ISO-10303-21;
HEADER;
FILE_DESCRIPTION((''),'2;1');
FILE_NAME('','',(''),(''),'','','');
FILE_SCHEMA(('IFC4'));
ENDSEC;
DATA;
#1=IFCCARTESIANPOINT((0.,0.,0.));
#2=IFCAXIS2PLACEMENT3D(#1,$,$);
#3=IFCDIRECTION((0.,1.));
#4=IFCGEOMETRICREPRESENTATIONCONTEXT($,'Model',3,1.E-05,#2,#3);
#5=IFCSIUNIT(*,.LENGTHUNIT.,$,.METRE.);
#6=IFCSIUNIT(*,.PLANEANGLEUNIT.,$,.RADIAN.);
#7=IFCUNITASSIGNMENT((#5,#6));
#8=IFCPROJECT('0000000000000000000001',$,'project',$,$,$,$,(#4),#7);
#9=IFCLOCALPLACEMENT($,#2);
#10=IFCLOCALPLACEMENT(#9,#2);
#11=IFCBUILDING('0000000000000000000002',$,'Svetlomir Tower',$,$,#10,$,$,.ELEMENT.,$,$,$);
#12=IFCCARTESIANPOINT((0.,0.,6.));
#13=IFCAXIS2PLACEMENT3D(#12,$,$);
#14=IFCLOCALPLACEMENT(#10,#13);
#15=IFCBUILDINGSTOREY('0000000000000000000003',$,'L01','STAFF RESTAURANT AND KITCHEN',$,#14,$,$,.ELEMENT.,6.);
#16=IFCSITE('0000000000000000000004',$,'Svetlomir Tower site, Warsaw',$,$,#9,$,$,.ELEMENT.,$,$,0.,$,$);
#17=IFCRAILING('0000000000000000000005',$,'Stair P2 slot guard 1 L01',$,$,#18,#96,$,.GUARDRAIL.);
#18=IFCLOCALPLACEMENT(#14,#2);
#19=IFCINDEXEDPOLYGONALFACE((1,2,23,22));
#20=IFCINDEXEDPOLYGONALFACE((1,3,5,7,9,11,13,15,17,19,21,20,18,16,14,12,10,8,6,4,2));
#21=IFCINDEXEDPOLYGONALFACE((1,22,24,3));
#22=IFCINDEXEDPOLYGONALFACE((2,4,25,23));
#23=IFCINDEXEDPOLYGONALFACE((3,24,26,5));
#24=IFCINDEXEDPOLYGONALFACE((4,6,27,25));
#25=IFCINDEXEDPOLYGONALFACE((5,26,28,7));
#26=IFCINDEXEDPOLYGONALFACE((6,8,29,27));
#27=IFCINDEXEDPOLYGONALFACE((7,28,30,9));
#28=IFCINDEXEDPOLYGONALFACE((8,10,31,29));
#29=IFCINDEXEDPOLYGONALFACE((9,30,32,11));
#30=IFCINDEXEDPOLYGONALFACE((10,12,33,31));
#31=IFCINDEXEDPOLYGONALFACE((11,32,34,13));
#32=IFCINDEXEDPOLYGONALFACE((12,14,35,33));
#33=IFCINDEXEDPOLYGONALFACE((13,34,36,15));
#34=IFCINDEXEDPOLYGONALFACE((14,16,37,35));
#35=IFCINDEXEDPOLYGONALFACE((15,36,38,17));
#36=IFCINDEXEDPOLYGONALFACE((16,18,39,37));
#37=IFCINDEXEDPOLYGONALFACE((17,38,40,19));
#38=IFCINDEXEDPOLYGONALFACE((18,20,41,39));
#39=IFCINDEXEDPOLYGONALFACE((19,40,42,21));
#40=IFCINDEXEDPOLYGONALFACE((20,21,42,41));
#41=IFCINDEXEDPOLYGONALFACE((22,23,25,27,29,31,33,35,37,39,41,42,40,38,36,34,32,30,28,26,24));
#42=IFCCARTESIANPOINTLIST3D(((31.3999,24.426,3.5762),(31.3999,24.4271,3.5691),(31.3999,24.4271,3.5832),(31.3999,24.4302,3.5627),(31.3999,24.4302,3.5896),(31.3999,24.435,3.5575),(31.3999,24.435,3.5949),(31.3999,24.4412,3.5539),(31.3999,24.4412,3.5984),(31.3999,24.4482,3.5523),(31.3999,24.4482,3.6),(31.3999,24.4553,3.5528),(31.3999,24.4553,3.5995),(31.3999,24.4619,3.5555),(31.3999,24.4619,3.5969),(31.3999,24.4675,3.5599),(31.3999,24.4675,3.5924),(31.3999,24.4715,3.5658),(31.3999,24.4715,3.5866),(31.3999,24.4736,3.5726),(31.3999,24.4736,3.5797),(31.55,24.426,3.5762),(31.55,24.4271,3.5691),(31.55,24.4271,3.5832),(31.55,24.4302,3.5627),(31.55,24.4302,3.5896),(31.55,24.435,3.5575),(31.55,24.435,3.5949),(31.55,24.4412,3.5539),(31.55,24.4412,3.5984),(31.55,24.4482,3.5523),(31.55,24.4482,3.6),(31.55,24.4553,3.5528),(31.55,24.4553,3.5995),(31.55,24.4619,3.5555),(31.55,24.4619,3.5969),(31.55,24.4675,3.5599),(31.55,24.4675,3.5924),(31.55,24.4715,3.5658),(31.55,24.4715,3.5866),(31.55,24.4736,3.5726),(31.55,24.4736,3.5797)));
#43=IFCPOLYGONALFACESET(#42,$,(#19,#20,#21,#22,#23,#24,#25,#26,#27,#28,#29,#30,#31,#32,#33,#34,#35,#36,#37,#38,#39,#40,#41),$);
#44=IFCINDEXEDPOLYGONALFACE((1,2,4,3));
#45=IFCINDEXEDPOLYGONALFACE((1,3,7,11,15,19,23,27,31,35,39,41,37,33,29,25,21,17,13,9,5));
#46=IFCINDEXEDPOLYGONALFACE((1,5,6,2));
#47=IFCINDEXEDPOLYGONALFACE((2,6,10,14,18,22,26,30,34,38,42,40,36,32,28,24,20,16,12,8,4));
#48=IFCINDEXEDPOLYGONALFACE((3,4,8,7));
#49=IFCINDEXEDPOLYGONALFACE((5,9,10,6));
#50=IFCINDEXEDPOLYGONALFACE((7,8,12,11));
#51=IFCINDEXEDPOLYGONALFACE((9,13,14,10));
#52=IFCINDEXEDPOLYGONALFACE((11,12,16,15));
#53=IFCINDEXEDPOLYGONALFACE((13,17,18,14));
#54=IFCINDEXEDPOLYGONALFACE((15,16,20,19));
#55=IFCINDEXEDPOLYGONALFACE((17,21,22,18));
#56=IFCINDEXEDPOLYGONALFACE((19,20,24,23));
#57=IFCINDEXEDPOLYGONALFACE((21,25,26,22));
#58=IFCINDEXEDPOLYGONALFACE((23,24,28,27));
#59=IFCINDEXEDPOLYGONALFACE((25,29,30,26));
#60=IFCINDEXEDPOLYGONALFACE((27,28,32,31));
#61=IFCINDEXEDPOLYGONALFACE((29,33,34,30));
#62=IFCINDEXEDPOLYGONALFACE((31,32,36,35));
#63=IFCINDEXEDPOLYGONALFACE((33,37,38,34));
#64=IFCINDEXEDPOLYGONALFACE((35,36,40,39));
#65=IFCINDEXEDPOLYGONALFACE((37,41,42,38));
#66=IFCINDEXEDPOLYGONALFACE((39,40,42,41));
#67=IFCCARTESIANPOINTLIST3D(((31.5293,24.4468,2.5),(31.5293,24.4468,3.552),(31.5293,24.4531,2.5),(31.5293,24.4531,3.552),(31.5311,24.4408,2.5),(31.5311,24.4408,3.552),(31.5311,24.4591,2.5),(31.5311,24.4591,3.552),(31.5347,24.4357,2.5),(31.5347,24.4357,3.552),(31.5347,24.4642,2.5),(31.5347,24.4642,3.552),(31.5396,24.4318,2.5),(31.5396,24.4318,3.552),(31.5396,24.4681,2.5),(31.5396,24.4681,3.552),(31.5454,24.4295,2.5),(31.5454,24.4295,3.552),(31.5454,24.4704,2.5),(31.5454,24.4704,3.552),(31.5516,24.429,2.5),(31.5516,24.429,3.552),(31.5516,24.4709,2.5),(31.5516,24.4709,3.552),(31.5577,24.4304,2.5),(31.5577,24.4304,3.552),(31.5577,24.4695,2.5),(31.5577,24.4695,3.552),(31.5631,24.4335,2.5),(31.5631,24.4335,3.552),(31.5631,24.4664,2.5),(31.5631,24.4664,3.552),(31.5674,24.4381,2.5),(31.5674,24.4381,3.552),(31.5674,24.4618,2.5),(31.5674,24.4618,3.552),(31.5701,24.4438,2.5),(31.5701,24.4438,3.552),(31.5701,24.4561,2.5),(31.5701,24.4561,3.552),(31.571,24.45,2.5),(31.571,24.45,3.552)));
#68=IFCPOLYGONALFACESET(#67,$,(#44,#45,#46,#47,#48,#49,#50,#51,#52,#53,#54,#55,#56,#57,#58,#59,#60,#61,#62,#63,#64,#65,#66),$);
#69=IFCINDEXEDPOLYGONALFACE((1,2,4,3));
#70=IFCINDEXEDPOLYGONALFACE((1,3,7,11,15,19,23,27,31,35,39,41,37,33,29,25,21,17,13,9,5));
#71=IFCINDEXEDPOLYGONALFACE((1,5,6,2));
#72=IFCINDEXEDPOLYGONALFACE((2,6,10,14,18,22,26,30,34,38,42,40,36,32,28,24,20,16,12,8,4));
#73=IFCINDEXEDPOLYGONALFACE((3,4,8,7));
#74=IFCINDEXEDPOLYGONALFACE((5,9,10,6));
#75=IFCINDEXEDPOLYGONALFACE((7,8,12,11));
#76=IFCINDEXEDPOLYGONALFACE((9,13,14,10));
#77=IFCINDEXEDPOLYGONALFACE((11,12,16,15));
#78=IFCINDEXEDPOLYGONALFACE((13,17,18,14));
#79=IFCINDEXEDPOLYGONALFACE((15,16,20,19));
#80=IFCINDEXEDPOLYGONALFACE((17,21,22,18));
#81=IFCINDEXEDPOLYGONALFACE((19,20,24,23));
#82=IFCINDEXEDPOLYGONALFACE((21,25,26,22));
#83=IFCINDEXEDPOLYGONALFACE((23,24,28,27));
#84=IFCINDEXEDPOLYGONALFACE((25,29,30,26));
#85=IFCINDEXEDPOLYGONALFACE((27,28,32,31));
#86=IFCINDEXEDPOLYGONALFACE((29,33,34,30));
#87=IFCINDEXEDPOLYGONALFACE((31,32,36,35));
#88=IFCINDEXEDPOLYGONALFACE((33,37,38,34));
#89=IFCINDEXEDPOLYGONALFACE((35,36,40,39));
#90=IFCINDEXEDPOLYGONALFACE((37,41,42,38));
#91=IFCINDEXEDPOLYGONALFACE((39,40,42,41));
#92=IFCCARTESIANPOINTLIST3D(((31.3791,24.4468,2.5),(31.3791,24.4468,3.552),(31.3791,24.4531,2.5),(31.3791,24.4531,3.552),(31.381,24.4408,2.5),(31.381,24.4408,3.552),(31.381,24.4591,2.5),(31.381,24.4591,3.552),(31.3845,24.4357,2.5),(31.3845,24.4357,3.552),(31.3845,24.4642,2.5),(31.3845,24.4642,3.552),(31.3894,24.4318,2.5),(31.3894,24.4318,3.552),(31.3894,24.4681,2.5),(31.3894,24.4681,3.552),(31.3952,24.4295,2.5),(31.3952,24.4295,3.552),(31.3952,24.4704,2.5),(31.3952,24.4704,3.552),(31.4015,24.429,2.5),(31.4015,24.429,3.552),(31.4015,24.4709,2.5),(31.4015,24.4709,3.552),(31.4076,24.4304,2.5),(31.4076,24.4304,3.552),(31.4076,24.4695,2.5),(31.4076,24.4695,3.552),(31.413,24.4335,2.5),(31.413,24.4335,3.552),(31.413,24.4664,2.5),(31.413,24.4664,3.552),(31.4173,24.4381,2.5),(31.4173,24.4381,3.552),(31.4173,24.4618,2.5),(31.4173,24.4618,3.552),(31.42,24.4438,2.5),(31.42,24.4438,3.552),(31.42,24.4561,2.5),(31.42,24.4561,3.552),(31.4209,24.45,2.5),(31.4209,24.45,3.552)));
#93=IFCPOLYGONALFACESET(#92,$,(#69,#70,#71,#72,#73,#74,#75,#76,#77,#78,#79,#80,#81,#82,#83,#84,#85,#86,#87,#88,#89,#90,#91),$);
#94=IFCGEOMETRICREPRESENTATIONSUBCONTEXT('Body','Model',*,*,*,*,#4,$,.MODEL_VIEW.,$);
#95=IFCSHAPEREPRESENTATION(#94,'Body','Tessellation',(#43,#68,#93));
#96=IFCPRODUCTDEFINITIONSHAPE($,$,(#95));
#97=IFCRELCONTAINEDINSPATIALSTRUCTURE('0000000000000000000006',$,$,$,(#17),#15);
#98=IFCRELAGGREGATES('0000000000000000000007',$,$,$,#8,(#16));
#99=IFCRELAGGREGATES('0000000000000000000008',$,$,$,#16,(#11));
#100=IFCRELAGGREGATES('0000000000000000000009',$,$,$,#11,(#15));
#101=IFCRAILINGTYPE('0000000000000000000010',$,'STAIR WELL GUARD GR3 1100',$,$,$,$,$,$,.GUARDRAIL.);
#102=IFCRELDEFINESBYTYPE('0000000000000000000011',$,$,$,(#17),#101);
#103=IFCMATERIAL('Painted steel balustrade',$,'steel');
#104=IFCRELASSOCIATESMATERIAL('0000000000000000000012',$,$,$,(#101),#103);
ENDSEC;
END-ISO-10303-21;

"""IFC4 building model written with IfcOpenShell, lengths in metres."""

from ifc_helpers import new_model, si_unit, direction, frame, origin, origin_2d, place, context, subcontext, project, spatial, circle, extrude, material, type_object, element, save


model = new_model("IFC4")

# Units and contexts
model_context = context("Model", 3, precision=1e-05, world=origin(), true_north=direction((0.0, 1.0)))
body_context = subcontext(model_context, "Body", "Model", "MODEL_VIEW")
ifc_project = project(units=[si_unit("LENGTHUNIT", "METRE"), si_unit("PLANEANGLEUNIT", "RADIAN")], contexts=[model_context])

# Site, building, storey
site_placement = place(None, origin())
site = spatial("IfcSite", under=ifc_project, at=site_placement, Name="Svetlomir Tower site, Warsaw", CompositionType="ELEMENT", RefElevation=0.0)
building_placement = place(site_placement, origin())
building = spatial("IfcBuilding", under=site, at=building_placement, Name="Svetlomir Tower", CompositionType="ELEMENT")
storey_placement = place(building_placement, frame((0.0, 0.0, 6.0)))
storey = spatial("IfcBuildingStorey", under=building, at=storey_placement, Name="L01", Description="STAFF RESTAURANT AND KITCHEN", CompositionType="ELEMENT", Elevation=6.0)

# Railing
ifc_material_1 = material(Name="Painted steel balustrade", Category="steel")
railing_type_1 = type_object("IfcRailingType", Name="STAIR WELL GUARD GR3 1100", PredefinedType="GUARDRAIL", material=ifc_material_1)
railing_1_placement = place(storey_placement, frame((31.55, 24.45, 2.5)))
element("IfcRailing", 1, at=railing_1_placement, inside=storey, type_object=railing_type_1, Name="Stair P2 slot guard 1 L01", PredefinedType="GUARDRAIL", context=body_context, shape_type="SweptSolid", body=[
    extrude(circle(Radius=0.0239, at=origin_2d()), frame((0.0, 0.0, 1.0762), z_axis=(-1.0, 0.0, 0.0), x_axis=(0.0, -1.0, 0.0)), (0.0, 0.0, 1.0), 0.1501),
    extrude(circle(Radius=0.021, at=origin_2d()), origin(), (0.0, 0.0, 1.0), 1.052),
    extrude(circle(Radius=0.021, at=origin_2d()), frame((-0.1501, 0.0, 0.0)), (0.0, 0.0, 1.0), 1.052),
])

save(model, "model.ifc")
